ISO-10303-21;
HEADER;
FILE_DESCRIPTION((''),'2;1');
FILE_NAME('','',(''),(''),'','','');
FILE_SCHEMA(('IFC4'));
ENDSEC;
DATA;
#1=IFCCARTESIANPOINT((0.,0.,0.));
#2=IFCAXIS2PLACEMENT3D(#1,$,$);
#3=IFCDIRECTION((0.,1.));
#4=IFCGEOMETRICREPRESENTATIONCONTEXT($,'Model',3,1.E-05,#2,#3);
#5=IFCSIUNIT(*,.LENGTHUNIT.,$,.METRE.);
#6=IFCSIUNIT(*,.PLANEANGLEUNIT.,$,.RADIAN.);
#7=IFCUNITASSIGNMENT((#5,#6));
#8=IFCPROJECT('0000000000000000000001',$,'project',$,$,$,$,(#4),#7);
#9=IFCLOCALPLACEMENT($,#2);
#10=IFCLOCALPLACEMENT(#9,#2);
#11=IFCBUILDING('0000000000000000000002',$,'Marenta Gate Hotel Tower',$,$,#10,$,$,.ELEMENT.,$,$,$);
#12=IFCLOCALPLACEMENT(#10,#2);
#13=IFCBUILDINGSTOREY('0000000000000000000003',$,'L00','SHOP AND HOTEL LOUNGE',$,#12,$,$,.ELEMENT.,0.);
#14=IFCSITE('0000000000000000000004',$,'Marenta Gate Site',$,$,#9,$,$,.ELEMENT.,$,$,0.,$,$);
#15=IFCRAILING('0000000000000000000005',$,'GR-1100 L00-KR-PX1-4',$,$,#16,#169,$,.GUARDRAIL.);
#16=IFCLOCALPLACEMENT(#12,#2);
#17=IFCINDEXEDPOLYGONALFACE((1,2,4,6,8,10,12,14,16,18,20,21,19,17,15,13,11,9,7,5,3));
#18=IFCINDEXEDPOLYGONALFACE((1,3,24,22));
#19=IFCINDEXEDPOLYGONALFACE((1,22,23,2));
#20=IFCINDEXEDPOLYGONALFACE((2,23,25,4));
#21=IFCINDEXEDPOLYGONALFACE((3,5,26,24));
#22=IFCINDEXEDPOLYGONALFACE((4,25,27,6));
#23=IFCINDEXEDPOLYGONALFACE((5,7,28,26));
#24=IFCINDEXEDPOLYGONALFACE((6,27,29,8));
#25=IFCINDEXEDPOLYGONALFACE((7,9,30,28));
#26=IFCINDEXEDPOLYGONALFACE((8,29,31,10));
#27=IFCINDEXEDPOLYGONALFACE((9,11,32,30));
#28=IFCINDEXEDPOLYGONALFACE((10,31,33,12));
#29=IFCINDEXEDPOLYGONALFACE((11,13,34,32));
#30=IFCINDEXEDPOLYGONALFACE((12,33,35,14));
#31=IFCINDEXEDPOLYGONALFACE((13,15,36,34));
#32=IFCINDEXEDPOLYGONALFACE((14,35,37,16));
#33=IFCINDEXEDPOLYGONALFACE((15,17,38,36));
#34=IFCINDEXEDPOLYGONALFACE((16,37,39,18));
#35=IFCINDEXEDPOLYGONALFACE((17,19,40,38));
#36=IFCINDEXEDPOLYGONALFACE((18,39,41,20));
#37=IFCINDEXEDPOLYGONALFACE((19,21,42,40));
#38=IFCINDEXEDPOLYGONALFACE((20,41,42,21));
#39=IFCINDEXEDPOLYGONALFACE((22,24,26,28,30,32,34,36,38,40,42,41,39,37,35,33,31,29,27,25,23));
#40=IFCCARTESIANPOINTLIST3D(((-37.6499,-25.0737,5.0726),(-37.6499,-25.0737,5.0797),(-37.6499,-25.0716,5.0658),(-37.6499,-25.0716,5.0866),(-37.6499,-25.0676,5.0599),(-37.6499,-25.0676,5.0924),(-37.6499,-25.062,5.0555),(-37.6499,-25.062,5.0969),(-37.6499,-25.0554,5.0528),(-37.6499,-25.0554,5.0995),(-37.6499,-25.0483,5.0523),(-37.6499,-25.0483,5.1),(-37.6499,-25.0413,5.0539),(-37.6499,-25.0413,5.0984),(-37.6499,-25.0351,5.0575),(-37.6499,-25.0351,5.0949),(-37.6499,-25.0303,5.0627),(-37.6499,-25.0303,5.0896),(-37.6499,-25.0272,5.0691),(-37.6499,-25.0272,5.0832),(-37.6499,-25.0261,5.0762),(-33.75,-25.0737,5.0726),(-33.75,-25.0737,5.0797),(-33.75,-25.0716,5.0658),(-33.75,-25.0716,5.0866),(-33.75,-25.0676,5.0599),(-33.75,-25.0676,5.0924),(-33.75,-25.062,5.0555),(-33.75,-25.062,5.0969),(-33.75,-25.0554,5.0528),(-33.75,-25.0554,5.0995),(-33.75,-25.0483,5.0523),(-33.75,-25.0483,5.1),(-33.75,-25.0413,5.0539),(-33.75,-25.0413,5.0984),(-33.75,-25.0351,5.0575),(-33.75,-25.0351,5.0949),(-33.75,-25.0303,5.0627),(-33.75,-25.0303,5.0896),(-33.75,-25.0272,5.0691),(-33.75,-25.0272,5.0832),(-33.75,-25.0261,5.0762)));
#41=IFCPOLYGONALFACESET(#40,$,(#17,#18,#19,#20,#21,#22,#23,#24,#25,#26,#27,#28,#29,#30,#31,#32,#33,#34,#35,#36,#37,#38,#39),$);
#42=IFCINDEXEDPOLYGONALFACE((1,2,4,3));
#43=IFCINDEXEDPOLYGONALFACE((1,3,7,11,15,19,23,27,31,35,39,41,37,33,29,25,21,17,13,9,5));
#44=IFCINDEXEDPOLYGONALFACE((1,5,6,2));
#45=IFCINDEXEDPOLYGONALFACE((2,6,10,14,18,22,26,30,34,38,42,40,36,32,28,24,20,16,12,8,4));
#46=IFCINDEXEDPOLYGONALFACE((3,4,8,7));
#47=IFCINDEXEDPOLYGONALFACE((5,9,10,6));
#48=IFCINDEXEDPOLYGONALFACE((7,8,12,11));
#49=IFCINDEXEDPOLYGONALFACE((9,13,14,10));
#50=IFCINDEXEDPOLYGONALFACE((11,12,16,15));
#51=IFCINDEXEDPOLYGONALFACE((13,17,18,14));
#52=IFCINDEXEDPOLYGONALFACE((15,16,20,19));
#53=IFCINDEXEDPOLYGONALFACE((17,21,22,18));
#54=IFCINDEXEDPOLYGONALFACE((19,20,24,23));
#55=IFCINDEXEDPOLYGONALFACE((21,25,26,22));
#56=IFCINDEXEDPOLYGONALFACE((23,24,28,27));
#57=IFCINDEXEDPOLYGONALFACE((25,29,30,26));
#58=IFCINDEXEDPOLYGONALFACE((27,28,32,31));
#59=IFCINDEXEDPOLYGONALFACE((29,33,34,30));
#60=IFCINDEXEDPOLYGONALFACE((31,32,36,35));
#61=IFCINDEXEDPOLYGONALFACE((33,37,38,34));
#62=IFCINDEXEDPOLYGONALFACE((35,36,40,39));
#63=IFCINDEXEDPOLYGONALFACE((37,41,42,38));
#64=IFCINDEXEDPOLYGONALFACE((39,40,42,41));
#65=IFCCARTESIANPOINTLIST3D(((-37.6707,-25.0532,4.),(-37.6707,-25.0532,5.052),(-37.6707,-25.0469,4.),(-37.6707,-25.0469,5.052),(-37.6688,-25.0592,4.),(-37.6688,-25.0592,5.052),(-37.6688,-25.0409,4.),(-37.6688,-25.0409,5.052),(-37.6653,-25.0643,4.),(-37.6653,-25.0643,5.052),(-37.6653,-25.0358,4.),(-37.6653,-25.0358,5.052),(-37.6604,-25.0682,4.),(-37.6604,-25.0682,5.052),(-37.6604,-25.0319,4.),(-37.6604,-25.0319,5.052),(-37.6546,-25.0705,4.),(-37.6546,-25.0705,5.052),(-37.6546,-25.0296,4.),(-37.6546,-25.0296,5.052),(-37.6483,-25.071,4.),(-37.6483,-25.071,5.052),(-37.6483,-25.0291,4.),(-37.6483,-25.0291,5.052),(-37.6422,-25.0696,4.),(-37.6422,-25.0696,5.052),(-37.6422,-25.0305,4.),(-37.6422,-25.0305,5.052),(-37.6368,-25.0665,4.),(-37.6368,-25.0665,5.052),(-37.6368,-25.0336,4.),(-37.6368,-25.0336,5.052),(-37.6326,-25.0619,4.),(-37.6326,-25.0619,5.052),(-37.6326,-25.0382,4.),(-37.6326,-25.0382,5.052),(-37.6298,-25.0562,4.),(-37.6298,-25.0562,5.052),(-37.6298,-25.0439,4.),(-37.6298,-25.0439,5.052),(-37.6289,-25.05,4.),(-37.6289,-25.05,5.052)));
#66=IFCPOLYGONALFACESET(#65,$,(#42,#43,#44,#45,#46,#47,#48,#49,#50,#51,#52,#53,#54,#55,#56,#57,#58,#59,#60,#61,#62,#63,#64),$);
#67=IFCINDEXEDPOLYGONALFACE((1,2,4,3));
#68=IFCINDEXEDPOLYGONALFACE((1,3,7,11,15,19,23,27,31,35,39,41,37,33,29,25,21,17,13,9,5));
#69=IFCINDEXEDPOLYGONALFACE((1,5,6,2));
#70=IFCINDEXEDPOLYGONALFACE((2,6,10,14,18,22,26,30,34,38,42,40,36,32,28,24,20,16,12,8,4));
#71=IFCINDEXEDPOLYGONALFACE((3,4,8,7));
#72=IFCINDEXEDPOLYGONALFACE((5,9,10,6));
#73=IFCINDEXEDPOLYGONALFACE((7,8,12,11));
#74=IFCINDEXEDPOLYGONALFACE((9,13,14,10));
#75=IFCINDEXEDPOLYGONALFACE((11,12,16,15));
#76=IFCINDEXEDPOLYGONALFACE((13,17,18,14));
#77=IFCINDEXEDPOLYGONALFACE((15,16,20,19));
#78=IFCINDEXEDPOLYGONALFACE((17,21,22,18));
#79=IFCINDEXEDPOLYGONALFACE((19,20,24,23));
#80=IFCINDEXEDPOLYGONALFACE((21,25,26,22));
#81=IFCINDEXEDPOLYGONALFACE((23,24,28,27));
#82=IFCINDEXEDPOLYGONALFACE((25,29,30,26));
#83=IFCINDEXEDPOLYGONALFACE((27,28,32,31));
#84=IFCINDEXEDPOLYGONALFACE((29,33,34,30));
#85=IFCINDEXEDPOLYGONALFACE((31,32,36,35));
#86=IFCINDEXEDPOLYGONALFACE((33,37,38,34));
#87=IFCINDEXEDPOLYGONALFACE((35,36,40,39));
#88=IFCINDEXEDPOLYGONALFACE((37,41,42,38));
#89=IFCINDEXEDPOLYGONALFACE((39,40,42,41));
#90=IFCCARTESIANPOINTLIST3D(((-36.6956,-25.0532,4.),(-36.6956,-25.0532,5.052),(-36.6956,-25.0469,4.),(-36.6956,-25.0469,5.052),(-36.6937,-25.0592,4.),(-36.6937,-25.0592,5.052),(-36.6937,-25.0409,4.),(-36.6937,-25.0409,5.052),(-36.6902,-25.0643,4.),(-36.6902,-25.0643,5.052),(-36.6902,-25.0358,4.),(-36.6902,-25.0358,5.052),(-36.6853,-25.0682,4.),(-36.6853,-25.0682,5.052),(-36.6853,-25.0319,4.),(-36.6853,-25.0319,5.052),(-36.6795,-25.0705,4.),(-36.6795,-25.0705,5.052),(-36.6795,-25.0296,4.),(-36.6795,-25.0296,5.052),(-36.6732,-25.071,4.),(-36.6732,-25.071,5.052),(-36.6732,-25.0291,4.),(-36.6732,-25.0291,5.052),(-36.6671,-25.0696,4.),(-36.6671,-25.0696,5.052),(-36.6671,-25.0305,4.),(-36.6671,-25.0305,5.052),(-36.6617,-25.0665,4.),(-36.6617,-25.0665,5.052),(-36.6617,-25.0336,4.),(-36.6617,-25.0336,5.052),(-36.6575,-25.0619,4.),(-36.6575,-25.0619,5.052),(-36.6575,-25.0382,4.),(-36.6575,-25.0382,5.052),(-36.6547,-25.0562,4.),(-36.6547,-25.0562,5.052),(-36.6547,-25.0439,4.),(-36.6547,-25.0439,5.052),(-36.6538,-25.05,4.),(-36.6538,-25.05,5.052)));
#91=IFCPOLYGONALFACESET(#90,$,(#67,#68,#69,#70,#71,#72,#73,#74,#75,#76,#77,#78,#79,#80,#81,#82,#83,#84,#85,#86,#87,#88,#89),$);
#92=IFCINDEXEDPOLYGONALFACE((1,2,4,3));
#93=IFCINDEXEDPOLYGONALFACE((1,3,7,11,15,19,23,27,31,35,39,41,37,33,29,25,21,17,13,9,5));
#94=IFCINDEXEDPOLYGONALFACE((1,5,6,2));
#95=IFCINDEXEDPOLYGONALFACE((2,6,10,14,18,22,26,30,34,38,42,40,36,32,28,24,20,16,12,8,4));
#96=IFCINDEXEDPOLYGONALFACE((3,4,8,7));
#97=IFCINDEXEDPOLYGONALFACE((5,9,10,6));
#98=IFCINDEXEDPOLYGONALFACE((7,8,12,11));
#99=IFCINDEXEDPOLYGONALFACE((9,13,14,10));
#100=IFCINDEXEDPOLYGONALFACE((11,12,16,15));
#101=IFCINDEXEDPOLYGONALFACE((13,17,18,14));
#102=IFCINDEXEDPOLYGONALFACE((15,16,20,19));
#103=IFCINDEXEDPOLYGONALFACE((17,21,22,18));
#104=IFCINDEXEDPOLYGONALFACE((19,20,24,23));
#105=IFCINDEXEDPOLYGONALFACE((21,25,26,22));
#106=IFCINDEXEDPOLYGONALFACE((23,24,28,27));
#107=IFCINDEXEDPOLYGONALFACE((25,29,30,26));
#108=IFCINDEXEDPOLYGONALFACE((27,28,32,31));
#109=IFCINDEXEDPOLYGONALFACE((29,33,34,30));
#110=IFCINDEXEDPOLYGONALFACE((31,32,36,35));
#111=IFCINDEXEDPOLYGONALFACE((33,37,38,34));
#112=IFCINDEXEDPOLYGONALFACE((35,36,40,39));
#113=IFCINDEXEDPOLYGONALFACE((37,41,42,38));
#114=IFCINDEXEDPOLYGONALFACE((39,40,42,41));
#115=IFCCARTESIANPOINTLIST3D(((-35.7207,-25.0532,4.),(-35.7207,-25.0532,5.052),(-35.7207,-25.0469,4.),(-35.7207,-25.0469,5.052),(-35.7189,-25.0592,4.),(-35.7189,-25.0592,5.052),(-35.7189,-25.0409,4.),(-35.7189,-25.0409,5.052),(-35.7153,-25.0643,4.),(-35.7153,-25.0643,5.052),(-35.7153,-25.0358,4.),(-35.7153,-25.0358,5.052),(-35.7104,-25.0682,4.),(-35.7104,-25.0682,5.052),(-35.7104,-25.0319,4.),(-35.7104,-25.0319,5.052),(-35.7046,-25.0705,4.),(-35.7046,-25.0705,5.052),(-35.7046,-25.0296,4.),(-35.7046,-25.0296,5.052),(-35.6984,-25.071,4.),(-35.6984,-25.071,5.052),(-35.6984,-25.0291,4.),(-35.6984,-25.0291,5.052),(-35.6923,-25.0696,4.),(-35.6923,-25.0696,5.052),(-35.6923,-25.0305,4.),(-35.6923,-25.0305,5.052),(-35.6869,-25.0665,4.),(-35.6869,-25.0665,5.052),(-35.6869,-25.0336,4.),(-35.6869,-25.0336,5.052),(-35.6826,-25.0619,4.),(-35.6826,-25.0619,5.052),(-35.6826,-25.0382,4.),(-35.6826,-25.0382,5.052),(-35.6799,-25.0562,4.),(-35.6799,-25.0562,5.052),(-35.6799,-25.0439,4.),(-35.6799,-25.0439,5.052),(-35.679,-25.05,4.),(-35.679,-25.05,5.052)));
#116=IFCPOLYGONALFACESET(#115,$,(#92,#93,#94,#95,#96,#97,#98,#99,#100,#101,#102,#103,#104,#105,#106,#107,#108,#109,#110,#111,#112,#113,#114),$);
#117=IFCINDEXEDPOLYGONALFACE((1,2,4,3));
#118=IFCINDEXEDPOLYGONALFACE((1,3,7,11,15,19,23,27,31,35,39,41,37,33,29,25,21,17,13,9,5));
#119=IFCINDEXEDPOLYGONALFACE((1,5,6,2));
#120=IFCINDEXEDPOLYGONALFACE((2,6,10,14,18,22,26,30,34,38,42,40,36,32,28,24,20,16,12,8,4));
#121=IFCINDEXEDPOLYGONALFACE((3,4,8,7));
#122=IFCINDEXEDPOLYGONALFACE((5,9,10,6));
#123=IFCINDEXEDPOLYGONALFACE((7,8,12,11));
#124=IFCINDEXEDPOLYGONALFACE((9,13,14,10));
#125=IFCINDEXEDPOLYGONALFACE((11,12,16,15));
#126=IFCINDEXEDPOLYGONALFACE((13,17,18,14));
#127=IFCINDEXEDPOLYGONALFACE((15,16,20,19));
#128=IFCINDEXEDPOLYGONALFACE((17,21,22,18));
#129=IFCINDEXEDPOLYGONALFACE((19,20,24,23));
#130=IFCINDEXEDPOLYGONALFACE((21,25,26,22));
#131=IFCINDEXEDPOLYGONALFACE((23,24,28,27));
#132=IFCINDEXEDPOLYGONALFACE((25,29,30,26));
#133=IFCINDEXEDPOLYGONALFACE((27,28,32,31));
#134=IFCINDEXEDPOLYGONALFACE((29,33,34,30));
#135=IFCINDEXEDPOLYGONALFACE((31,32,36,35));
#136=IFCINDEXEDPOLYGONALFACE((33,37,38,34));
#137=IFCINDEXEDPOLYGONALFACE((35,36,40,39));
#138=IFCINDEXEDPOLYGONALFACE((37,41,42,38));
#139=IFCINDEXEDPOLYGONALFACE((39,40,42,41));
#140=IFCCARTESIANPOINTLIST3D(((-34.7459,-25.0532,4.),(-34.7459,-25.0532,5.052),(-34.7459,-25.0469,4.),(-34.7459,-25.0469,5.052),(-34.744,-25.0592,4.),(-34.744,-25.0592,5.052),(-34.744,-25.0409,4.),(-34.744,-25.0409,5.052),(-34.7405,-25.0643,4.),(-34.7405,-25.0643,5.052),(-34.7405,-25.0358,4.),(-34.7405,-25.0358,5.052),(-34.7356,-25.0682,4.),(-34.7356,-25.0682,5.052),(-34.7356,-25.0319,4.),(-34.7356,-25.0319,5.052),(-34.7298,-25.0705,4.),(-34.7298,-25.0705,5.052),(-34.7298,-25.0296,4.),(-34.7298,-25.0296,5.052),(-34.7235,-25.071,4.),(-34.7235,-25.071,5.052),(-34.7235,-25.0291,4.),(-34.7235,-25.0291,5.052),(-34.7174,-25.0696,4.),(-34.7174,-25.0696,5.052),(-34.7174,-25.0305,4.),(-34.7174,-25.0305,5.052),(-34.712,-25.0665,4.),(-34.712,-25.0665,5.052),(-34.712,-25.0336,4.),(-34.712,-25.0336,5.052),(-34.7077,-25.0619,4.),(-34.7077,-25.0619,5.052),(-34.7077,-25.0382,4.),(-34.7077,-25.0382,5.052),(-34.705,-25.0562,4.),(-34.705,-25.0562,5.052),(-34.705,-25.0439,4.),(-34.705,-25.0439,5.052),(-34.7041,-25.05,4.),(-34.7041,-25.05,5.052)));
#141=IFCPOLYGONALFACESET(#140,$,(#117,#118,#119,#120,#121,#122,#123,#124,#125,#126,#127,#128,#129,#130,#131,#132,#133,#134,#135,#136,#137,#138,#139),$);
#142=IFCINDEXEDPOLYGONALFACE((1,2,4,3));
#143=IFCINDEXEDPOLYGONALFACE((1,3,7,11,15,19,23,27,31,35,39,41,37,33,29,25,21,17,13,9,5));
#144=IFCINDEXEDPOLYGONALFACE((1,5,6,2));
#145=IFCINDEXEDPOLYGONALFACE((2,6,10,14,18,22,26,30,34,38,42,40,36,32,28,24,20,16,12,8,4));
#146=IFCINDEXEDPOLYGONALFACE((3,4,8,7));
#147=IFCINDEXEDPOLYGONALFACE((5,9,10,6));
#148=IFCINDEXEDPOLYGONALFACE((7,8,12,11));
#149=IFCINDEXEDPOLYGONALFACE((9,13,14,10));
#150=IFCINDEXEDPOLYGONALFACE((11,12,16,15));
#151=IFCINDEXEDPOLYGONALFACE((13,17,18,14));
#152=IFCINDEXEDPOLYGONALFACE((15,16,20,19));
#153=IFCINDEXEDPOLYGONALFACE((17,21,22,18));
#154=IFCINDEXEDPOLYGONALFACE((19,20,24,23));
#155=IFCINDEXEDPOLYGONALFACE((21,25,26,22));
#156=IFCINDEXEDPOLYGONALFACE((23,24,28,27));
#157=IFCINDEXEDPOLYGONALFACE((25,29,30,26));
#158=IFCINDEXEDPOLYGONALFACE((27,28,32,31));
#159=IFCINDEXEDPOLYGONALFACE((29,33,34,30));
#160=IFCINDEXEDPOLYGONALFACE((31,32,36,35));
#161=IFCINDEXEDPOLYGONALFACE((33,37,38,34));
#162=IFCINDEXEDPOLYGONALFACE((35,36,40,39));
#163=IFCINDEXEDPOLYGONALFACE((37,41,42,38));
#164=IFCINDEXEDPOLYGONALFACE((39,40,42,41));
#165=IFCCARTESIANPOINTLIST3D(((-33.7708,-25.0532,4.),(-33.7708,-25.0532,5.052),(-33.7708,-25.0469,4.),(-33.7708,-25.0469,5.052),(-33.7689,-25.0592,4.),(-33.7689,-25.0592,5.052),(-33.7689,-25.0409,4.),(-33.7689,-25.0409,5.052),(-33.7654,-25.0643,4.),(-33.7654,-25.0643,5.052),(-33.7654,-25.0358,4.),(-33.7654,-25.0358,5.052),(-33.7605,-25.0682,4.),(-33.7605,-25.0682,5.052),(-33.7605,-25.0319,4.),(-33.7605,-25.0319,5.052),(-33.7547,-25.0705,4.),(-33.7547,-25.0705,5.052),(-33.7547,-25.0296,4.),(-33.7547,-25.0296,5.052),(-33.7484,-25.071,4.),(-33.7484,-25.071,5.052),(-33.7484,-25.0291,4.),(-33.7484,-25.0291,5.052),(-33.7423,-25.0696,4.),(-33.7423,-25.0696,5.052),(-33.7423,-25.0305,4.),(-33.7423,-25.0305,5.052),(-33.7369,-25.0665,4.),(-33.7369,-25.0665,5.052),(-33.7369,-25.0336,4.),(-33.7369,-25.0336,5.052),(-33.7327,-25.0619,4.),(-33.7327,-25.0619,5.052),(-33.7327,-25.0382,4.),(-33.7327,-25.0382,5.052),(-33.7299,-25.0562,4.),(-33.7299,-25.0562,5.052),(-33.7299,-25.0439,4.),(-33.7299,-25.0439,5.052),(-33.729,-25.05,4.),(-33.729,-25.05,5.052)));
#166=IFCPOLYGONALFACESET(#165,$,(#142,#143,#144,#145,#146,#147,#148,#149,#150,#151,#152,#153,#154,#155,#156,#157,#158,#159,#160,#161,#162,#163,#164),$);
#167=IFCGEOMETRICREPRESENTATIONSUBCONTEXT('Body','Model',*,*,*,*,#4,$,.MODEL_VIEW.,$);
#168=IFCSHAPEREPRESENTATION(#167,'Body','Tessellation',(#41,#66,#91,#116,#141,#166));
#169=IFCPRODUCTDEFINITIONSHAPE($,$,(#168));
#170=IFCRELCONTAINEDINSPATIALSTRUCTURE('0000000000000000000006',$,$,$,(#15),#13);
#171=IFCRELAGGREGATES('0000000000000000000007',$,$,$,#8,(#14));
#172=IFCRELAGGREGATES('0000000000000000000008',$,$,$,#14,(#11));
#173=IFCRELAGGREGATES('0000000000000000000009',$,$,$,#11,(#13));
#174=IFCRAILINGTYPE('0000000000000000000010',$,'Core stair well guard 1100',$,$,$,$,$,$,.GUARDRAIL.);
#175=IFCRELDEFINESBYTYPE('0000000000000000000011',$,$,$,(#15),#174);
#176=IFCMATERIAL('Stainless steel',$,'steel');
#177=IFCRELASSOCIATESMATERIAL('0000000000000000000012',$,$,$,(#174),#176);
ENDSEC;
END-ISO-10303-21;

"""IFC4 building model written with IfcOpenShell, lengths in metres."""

from ifc_helpers import new_model, si_unit, direction, frame, origin, origin_2d, place, context, subcontext, project, spatial, circle, extrude, material, type_object, element, save


model = new_model("IFC4")

# Units and contexts
model_context = context("Model", 3, precision=1e-05, world=origin(), true_north=direction((0.0, 1.0)))
body_context = subcontext(model_context, "Body", "Model", "MODEL_VIEW")
ifc_project = project(units=[si_unit("LENGTHUNIT", "METRE"), si_unit("PLANEANGLEUNIT", "RADIAN")], contexts=[model_context])

# Site, building, storey
site_placement = place(None, origin())
site = spatial("IfcSite", under=ifc_project, at=site_placement, Name="Marenta Gate Site", CompositionType="ELEMENT", RefElevation=0.0)
building_placement = place(site_placement, origin())
building = spatial("IfcBuilding", under=site, at=building_placement, Name="Marenta Gate Hotel Tower", CompositionType="ELEMENT")
storey_placement = place(building_placement, origin())
storey = spatial("IfcBuildingStorey", under=building, at=storey_placement, Name="L00", Description="SHOP AND HOTEL LOUNGE", CompositionType="ELEMENT", Elevation=0.0)

# Railing
ifc_material_1 = material(Name="Stainless steel", Category="steel")
railing_type_1 = type_object("IfcRailingType", Name="Core stair well guard 1100", PredefinedType="GUARDRAIL", material=ifc_material_1)
railing_1_placement = place(storey_placement, frame((-37.6499, -25.05, 4.0)))
element("IfcRailing", 1, at=railing_1_placement, inside=storey, type_object=railing_type_1, Name="GR-1100 L00-KR-PX1-4", PredefinedType="GUARDRAIL", context=body_context, shape_type="SweptSolid", body=[
    extrude(circle(Radius=0.0239, at=origin_2d()), frame((0.0, 0.0, 1.0762), z_axis=(1.0, 0.0, 0.0), x_axis=(0.0, 1.0, 0.0)), (0.0, 0.0, 1.0), 3.8999),
    extrude(circle(Radius=0.021, at=origin_2d()), origin(), (0.0, 0.0, 1.0), 1.052),
    extrude(circle(Radius=0.021, at=origin_2d()), frame((0.9751, 0.0, 0.0)), (0.0, 0.0, 1.0), 1.052),
    extrude(circle(Radius=0.021, at=origin_2d()), frame((1.95, 0.0, 0.0)), (0.0, 0.0, 1.0), 1.052),
    extrude(circle(Radius=0.021, at=origin_2d()), frame((2.9248, 0.0, 0.0)), (0.0, 0.0, 1.0), 1.052),
    extrude(circle(Radius=0.021, at=origin_2d()), frame((3.8999, 0.0, 0.0)), (0.0, 0.0, 1.0), 1.052),
])

save(model, "model.ifc")
